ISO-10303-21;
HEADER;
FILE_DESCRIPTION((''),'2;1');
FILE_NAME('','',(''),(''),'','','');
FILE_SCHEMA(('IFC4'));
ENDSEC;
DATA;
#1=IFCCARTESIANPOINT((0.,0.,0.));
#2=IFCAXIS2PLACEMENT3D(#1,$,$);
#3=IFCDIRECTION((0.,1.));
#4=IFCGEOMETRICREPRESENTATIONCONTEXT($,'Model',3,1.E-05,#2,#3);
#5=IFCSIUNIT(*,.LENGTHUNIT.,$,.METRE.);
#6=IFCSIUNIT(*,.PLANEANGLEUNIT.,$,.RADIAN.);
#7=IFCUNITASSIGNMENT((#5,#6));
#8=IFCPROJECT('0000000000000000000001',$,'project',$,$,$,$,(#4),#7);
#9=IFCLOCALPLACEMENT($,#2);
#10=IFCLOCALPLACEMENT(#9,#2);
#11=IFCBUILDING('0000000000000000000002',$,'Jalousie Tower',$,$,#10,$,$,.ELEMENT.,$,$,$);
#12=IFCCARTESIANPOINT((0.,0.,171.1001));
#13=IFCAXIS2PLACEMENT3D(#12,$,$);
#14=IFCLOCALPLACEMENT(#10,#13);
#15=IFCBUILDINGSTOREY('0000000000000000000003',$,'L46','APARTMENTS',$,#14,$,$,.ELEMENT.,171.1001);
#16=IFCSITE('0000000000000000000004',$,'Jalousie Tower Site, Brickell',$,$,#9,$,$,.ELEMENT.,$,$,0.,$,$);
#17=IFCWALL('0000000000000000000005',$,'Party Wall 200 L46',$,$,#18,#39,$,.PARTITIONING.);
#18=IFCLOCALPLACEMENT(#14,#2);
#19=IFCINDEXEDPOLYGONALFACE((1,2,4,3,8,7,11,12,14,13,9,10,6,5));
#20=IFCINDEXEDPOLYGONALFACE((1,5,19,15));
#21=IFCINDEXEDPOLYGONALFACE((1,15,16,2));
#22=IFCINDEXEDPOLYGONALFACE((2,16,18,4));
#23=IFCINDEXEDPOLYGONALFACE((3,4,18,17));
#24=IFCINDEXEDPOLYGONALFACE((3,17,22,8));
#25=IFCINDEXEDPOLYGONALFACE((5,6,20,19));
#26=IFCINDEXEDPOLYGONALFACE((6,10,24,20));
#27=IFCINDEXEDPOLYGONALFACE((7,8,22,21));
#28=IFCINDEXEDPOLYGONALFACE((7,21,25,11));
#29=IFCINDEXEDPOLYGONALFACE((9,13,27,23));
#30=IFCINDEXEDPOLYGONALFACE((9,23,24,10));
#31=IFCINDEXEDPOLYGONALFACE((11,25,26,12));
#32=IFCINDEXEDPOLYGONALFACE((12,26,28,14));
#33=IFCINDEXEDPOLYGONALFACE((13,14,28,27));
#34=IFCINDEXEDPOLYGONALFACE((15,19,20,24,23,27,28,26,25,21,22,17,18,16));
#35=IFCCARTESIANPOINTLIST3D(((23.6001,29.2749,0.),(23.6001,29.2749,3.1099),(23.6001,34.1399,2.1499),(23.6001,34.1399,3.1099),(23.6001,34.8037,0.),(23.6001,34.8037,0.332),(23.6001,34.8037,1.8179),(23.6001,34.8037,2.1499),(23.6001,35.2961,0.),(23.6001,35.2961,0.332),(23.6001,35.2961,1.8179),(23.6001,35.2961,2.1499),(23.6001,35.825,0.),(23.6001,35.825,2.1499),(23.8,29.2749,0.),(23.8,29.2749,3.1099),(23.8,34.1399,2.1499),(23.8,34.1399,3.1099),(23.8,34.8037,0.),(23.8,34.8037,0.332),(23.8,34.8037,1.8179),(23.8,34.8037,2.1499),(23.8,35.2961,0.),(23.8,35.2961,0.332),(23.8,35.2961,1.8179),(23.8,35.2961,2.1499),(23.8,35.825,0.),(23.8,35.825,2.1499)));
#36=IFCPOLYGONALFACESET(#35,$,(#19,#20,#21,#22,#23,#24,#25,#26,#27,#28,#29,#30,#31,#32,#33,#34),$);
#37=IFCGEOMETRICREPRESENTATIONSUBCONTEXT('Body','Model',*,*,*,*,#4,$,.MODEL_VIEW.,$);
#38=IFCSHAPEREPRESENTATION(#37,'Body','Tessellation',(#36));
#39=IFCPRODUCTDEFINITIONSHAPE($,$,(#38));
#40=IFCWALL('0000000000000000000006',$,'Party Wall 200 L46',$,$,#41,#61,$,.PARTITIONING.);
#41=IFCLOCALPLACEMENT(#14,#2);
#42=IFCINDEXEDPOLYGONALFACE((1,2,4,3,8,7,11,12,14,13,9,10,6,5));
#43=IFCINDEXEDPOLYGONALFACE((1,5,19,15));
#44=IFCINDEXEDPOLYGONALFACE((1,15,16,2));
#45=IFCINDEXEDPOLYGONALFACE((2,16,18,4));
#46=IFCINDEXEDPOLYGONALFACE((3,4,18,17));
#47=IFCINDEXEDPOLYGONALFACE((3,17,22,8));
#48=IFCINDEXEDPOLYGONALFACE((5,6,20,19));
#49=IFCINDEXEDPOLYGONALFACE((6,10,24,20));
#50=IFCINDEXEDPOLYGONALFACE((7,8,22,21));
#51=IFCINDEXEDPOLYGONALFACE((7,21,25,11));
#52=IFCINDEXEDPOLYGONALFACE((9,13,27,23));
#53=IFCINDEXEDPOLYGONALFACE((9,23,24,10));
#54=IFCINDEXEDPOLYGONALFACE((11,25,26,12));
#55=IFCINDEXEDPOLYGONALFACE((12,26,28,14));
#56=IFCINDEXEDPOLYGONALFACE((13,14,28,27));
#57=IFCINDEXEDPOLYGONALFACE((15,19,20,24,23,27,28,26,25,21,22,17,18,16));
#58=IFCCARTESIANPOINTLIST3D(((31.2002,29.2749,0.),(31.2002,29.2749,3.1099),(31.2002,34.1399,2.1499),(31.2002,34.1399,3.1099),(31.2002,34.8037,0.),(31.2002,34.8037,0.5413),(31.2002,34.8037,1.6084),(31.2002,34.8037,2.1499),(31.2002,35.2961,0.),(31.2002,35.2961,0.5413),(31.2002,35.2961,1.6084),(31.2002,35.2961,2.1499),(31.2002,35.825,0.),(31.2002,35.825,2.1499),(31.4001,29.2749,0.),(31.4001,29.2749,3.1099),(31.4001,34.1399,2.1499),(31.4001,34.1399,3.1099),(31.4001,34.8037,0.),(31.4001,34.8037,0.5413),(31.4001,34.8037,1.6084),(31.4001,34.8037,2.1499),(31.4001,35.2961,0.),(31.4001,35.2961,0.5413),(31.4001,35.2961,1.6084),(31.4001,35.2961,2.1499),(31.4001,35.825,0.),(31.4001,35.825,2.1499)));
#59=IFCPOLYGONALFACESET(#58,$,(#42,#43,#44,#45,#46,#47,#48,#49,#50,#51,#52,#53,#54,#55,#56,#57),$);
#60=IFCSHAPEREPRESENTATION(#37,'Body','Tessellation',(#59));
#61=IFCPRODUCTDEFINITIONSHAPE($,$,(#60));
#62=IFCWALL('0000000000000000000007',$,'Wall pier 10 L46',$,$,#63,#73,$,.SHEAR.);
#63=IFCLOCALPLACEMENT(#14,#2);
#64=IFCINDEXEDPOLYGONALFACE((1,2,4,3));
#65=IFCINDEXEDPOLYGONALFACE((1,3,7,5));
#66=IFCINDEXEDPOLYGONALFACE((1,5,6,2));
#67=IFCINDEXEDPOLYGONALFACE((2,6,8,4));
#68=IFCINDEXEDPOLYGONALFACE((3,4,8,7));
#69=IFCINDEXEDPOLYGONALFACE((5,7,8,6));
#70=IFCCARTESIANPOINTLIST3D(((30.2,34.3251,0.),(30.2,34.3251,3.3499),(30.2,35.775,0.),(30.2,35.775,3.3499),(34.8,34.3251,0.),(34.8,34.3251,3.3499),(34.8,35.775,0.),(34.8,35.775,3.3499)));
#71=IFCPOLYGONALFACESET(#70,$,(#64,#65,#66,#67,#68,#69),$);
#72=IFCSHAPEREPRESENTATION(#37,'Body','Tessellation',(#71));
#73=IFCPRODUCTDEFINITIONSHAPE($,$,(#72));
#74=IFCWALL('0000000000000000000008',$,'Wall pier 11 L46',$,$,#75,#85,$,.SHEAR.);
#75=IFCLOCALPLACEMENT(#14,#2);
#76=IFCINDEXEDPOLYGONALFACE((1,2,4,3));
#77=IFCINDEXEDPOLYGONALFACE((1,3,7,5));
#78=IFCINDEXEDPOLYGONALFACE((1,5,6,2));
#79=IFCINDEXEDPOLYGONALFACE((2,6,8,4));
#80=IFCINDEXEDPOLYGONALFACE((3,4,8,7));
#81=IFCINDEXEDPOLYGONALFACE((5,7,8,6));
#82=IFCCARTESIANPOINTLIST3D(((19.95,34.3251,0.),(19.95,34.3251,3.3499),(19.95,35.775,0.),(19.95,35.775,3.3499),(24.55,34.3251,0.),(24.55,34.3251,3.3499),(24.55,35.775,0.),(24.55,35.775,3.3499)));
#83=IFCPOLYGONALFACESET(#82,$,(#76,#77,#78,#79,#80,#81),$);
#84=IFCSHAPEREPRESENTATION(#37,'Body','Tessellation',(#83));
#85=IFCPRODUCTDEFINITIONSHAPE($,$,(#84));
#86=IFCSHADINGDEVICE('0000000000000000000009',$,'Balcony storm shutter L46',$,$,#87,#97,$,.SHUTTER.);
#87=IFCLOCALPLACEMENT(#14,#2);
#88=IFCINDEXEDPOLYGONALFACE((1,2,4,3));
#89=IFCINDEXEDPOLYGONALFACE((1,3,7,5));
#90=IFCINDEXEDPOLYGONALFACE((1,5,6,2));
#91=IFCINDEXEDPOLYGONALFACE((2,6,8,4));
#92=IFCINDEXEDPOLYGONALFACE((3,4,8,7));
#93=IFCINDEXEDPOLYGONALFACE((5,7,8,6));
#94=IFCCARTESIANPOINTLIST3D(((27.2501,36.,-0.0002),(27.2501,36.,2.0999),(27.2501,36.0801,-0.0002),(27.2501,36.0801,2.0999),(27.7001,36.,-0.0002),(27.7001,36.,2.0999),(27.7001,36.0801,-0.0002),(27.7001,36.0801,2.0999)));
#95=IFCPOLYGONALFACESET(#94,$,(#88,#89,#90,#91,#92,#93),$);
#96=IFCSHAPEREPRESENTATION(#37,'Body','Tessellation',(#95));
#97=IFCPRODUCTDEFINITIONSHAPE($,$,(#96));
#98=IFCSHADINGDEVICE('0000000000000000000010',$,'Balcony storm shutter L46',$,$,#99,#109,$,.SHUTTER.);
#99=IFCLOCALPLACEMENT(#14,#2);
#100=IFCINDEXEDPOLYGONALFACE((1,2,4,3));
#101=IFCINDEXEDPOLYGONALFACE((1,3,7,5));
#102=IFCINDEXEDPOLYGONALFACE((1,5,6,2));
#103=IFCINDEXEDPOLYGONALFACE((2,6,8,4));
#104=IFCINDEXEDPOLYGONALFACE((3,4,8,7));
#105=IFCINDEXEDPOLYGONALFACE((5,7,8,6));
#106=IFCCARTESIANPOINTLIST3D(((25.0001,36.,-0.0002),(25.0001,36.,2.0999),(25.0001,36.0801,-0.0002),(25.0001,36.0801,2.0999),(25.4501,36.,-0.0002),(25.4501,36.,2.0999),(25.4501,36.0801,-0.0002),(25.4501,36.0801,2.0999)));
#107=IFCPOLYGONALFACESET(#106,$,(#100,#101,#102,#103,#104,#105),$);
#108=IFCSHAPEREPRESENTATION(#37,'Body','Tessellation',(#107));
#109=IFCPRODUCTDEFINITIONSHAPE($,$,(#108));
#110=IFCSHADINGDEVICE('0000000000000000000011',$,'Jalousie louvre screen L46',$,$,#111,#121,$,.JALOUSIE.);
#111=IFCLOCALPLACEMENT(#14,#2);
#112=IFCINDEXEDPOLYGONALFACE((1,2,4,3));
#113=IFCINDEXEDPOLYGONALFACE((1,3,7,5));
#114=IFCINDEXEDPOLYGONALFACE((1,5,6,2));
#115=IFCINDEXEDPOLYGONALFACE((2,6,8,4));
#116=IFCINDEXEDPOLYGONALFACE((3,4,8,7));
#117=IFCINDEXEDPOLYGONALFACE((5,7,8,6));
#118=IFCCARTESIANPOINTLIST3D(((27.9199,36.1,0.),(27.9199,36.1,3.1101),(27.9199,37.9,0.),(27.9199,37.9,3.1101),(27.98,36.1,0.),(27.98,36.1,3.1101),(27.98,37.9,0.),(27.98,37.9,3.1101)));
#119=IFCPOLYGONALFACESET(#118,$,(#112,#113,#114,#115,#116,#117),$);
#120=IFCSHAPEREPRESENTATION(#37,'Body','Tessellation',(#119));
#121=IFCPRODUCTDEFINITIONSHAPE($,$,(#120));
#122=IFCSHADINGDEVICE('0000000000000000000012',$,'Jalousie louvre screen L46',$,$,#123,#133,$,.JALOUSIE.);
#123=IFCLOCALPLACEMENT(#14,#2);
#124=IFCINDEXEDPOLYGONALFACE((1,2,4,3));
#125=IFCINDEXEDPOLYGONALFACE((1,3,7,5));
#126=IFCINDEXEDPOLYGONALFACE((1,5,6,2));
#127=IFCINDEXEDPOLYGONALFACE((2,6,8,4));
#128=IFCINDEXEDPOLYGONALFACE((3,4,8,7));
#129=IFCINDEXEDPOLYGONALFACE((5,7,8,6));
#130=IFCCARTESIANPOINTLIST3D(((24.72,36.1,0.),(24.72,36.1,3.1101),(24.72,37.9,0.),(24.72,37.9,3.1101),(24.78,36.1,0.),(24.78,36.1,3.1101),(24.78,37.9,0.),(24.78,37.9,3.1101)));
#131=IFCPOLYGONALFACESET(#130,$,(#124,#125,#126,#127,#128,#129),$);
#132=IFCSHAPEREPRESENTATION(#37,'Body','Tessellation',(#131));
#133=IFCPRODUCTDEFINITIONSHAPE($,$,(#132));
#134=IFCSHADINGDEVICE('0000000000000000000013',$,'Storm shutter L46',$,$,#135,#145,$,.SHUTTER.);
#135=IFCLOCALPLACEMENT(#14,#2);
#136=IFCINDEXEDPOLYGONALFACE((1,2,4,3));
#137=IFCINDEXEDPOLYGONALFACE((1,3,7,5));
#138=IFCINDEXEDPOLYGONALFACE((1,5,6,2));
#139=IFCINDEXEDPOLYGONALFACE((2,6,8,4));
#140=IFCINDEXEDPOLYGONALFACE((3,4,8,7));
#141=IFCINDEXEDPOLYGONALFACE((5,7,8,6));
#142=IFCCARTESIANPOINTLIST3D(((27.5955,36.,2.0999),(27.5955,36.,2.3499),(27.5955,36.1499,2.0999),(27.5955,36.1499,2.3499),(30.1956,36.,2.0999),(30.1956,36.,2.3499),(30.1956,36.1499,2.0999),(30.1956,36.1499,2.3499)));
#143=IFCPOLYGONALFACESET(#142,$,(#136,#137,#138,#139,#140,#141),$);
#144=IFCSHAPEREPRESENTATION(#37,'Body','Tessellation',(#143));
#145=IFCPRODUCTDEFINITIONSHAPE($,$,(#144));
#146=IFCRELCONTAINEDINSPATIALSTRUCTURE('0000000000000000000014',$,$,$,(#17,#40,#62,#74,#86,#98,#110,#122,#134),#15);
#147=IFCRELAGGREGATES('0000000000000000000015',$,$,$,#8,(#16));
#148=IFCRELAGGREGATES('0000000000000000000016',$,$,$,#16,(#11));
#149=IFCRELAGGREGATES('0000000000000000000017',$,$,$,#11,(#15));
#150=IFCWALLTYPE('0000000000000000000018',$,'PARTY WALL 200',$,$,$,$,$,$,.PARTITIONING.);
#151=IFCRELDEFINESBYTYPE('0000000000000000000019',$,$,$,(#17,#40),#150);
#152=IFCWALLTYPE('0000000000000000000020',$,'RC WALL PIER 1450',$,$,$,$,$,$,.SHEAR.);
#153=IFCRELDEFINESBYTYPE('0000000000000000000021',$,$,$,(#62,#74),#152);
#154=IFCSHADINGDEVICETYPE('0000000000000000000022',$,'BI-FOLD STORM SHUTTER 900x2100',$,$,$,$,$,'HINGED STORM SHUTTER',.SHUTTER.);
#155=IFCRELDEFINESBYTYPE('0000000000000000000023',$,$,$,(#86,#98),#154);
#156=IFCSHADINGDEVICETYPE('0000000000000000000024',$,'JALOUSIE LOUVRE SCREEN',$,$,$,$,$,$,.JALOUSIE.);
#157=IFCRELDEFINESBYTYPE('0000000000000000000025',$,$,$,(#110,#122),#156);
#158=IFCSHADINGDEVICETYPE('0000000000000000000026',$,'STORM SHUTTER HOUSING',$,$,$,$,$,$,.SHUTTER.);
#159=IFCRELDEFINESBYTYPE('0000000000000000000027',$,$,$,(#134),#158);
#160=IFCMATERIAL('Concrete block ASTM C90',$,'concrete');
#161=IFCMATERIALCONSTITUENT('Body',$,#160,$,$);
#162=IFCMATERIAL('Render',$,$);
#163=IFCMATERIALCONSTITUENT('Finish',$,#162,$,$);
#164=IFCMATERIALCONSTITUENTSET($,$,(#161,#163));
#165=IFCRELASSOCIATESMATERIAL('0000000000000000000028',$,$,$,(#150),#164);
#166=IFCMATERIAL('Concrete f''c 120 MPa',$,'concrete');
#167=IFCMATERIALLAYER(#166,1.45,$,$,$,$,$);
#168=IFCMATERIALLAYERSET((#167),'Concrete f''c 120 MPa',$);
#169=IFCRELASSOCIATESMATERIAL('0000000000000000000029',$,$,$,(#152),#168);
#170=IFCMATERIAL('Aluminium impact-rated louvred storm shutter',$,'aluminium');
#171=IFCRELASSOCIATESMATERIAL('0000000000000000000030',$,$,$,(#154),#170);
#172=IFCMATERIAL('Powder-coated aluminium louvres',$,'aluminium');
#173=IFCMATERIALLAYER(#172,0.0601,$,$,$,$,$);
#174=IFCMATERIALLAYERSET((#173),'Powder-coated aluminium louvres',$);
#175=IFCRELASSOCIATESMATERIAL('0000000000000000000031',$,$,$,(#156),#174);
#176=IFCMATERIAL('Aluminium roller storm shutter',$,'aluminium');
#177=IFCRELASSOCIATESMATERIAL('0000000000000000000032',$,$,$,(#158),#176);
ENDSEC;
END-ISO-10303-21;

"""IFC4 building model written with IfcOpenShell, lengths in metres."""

from ifc_helpers import new_model, si_unit, direction, frame, frame_2d, origin, origin_2d, place, context, subcontext, project, spatial, polyline, rectangle, outline, extrude, material, layer, layer_set, constituent, constituent_set, type_object, element, save


model = new_model("IFC4")

# Units and contexts
model_context = context("Model", 3, precision=1e-05, world=origin(), true_north=direction((0.0, 1.0)))
body_context = subcontext(model_context, "Body", "Model", "MODEL_VIEW")
ifc_project = project(units=[si_unit("LENGTHUNIT", "METRE"), si_unit("PLANEANGLEUNIT", "RADIAN")], contexts=[model_context])

# Site, building, storey
site_placement = place(None, origin())
site = spatial("IfcSite", under=ifc_project, at=site_placement, Name="Jalousie Tower Site, Brickell", CompositionType="ELEMENT", RefElevation=0.0)
building_placement = place(site_placement, origin())
building = spatial("IfcBuilding", under=site, at=building_placement, Name="Jalousie Tower", CompositionType="ELEMENT")
storey_placement = place(building_placement, frame((0.0, 0.0, 171.1001)))
storey = spatial("IfcBuildingStorey", under=building, at=storey_placement, Name="L46", Description="APARTMENTS", CompositionType="ELEMENT", Elevation=171.1001)

# Walls
ifc_material_1 = material(Name="Concrete block ASTM C90", Category="concrete")
ifc_constituent_1 = constituent(ifc_material_1, Name="Body")
ifc_material_2 = material(Name="Render")
ifc_constituent_2 = constituent(ifc_material_2, Name="Finish")
ifc_constituent_set_1 = constituent_set(constituents=[ifc_constituent_1, ifc_constituent_2])
wall_type_1 = type_object("IfcWallType", Name="PARTY WALL 200", PredefinedType="PARTITIONING", material=ifc_constituent_set_1)
wall_1_placement = place(storey_placement, frame((23.7, 35.825, 0.0), z_axis=(0.0, 0.0, 1.0), x_axis=(0.0, -1.0, 0.0)))
element("IfcWall", 1, at=wall_1_placement, inside=storey, type_object=wall_type_1, Name="Party Wall 200 L46", PredefinedType="PARTITIONING", context=body_context, shape_type="SweptSolid", body=[
    extrude(outline(polyline([(0.5288, 2.1499), (0.0, 2.1499), (0.0, 0.0), (0.5288, 0.0), (0.5288, 0.332), (1.0212, 0.332), (1.0212, 0.0), (6.55, 0.0), (6.55, 3.1099), (1.6851, 3.1099), (1.6851, 2.1499), (1.0212, 2.1499), (1.0212, 1.8179), (0.5288, 1.8179), (0.5288, 2.1499)])), frame((0.0, 0.1001, 0.0), z_axis=(0.0, -1.0, 0.0), x_axis=(1.0, 0.0, 0.0)), (0.0, 0.0, 1.0), 0.2),
])
wall_2_placement = place(storey_placement, frame((31.3, 35.825, 0.0), z_axis=(0.0, 0.0, 1.0), x_axis=(0.0, -1.0, 0.0)))
element("IfcWall", 2, at=wall_2_placement, inside=storey, type_object=wall_type_1, Name="Party Wall 200 L46", PredefinedType="PARTITIONING", context=body_context, shape_type="SweptSolid", body=[
    extrude(outline(polyline([(0.5288, 2.1499), (0.0, 2.1499), (0.0, 0.0), (0.5288, 0.0), (0.5288, 0.5413), (1.0212, 0.5413), (1.0212, 0.0), (6.55, 0.0), (6.55, 3.1099), (1.6851, 3.1099), (1.6851, 2.1499), (1.0212, 2.1499), (1.0212, 1.6084), (0.5288, 1.6084), (0.5288, 2.1499)])), frame((0.0, 0.1001, 0.0), z_axis=(0.0, -1.0, 0.0), x_axis=(1.0, 0.0, 0.0)), (0.0, 0.0, 1.0), 0.2),
])
ifc_material_3 = material(Name="Concrete f'c 120 MPa", Category="concrete")
ifc_layer_1 = layer(ifc_material_3, 1.45)
ifc_layer_set_1 = layer_set([ifc_layer_1], Name="Concrete f'c 120 MPa")
wall_type_2 = type_object("IfcWallType", Name="RC WALL PIER 1450", PredefinedType="SHEAR", material=ifc_layer_set_1)
for number, where, z_axis, x_axis, name in (
    (3, (30.2, 35.05, 0.0), (0.0, 0.0, 1.0), (1.0, 0.0, 0.0), "Wall pier 10 L46"),
    (4, (19.95, 35.05, 0.0), (0.0, 0.0, 1.0), (1.0, 0.0, 0.0), "Wall pier 11 L46"),
):
    element("IfcWall", number, at=place(storey_placement, frame(where, z_axis=z_axis, x_axis=x_axis)), inside=storey, type_object=wall_type_2, Name=name, PredefinedType="SHEAR", context=body_context, shape_type="SweptSolid", body=[
        extrude(rectangle(XDim=4.6001, YDim=1.45, at=frame_2d((2.3, 0.0))), origin(), (0.0, 0.0, 1.0), 3.3499),
    ])

# Shading devices
ifc_material_4 = material(Name="Aluminium impact-rated louvred storm shutter", Category="aluminium")
shading_device_type_1 = type_object("IfcShadingDeviceType", Name="BI-FOLD STORM SHUTTER 900x2100", ElementType="HINGED STORM SHUTTER", PredefinedType="SHUTTER", material=ifc_material_4)
for number, where, z_axis, x_axis, name in (
    (5, (27.4751, 36.04, -0.0002), (0.0, 0.0, 1.0), (-1.0, 0.0, 0.0), "Balcony storm shutter L46"),
    (6, (25.2251, 36.04, -0.0002), (0.0, 0.0, 1.0), (-1.0, 0.0, 0.0), "Balcony storm shutter L46"),
):
    element("IfcShadingDevice", number, at=place(storey_placement, frame(where, z_axis=z_axis, x_axis=x_axis)), inside=storey, type_object=shading_device_type_1, Name=name, PredefinedType="SHUTTER", context=body_context, shape_type="SweptSolid", body=[
        extrude(rectangle(XDim=0.45, YDim=0.0801, at=origin_2d()), origin(), (0.0, 0.0, 1.0), 2.1001),
    ])

# Shading devices
ifc_material_5 = material(Name="Powder-coated aluminium louvres", Category="aluminium")
ifc_layer_2 = layer(ifc_material_5, 0.0601)
ifc_layer_set_2 = layer_set([ifc_layer_2], Name="Powder-coated aluminium louvres")
shading_device_type_2 = type_object("IfcShadingDeviceType", Name="JALOUSIE LOUVRE SCREEN", PredefinedType="JALOUSIE", material=ifc_layer_set_2)
for number, where, z_axis, x_axis, name in (
    (7, (27.95, 37.0, 0.0), (0.0, 0.0, 1.0), (-1.0, 0.0, 0.0), "Jalousie louvre screen L46"),
    (8, (24.75, 37.0, 0.0), (0.0, 0.0, 1.0), (-1.0, 0.0, 0.0), "Jalousie louvre screen L46"),
):
    element("IfcShadingDevice", number, at=place(storey_placement, frame(where, z_axis=z_axis, x_axis=x_axis)), inside=storey, type_object=shading_device_type_2, Name=name, PredefinedType="JALOUSIE", context=body_context, shape_type="SweptSolid", body=[
        extrude(rectangle(XDim=0.0601, YDim=1.8, at=origin_2d()), origin(), (0.0, 0.0, 1.0), 3.1101),
    ])
ifc_material_6 = material(Name="Aluminium roller storm shutter", Category="aluminium")
shading_device_type_3 = type_object("IfcShadingDeviceType", Name="STORM SHUTTER HOUSING", PredefinedType="SHUTTER", material=ifc_material_6)
shading_device_placement = place(storey_placement, frame((28.8955, 36.075, 2.0999), z_axis=(0.0, 0.0, 1.0), x_axis=(-1.0, 0.0, 0.0)))
element("IfcShadingDevice", 9, at=shading_device_placement, inside=storey, type_object=shading_device_type_3, Name="Storm shutter L46", PredefinedType="SHUTTER", context=body_context, shape_type="SweptSolid", body=[
    extrude(rectangle(XDim=2.6001, YDim=0.1499, at=origin_2d()), origin(), (0.0, 0.0, 1.0), 0.25),
])

save(model, "model.ifc")
